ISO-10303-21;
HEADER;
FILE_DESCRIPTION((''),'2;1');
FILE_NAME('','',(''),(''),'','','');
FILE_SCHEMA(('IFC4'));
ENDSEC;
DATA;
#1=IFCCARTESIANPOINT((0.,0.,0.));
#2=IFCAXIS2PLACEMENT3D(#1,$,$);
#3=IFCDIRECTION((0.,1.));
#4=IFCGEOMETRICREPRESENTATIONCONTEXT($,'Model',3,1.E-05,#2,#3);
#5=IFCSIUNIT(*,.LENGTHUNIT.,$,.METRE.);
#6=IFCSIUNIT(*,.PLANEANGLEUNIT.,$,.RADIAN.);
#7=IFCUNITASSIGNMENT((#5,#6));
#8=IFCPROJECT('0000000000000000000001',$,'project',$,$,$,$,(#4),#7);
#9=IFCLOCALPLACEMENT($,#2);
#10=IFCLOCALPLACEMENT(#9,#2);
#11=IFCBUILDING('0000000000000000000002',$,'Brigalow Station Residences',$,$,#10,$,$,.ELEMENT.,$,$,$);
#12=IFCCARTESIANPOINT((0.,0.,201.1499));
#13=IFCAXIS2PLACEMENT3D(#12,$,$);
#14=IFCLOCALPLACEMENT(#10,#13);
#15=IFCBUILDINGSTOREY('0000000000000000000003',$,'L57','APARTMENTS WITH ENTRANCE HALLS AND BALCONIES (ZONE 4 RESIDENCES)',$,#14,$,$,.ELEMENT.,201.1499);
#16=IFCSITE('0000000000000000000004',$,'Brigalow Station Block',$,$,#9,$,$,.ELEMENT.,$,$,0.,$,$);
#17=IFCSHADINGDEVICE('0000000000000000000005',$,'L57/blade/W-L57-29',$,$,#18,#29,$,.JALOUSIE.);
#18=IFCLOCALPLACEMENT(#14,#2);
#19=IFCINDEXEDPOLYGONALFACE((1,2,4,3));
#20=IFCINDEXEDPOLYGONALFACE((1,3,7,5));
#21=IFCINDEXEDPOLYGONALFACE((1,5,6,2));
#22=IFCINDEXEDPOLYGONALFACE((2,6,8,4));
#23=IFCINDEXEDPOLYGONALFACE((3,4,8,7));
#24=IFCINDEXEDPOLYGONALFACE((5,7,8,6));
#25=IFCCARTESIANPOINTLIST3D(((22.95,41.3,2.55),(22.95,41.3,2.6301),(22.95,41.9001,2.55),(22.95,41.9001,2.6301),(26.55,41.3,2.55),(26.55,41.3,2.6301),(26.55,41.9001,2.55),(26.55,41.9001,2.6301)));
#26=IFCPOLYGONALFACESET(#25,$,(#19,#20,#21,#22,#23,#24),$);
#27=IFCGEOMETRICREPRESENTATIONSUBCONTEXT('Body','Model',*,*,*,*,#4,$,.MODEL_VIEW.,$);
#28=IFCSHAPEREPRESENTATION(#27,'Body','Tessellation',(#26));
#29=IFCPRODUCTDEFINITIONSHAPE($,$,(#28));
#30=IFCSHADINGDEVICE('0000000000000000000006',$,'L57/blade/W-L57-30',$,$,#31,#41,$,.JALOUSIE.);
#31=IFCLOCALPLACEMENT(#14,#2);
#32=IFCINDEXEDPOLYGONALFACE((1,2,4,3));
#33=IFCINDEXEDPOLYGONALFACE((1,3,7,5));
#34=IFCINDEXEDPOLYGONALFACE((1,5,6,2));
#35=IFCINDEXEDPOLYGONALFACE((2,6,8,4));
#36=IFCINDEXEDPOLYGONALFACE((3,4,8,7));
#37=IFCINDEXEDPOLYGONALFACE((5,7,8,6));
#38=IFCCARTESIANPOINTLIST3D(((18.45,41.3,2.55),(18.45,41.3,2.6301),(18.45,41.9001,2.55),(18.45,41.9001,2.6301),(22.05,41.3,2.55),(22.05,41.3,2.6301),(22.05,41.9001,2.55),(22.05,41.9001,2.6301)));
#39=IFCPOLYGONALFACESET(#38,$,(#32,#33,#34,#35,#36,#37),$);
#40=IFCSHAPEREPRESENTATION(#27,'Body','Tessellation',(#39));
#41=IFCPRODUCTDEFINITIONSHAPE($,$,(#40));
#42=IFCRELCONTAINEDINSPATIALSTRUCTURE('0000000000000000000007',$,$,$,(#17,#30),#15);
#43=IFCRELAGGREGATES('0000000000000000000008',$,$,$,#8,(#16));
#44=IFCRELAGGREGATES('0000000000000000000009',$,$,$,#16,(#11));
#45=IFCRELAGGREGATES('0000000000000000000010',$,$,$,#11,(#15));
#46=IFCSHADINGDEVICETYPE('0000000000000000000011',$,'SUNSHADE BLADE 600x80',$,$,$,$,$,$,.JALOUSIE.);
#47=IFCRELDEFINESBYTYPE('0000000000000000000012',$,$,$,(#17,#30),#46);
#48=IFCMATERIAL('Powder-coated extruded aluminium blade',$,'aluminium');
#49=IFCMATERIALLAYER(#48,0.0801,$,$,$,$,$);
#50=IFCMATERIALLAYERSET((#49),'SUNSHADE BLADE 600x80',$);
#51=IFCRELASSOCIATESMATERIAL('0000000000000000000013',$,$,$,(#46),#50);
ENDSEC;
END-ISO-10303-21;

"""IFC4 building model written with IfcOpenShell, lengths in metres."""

from ifc_helpers import new_model, si_unit, direction, frame, origin, origin_2d, place, context, subcontext, project, spatial, rectangle, extrude, material, layer, layer_set, type_object, element, save


model = new_model("IFC4")

# Units and contexts
model_context = context("Model", 3, precision=1e-05, world=origin(), true_north=direction((0.0, 1.0)))
body_context = subcontext(model_context, "Body", "Model", "MODEL_VIEW")
ifc_project = project(units=[si_unit("LENGTHUNIT", "METRE"), si_unit("PLANEANGLEUNIT", "RADIAN")], contexts=[model_context])

# Site, building, storey
site_placement = place(None, origin())
site = spatial("IfcSite", under=ifc_project, at=site_placement, Name="Brigalow Station Block", CompositionType="ELEMENT", RefElevation=0.0)
building_placement = place(site_placement, origin())
building = spatial("IfcBuilding", under=site, at=building_placement, Name="Brigalow Station Residences", CompositionType="ELEMENT")
storey_placement = place(building_placement, frame((0.0, 0.0, 201.1499)))
storey = spatial("IfcBuildingStorey", under=building, at=storey_placement, Name="L57", Description="APARTMENTS WITH ENTRANCE HALLS AND BALCONIES (ZONE 4 RESIDENCES)", CompositionType="ELEMENT", Elevation=201.1499)

# Shading devices
ifc_material_1 = material(Name="Powder-coated extruded aluminium blade", Category="aluminium")
ifc_layer_1 = layer(ifc_material_1, 0.0801)
ifc_layer_set_1 = layer_set([ifc_layer_1], Name="SUNSHADE BLADE 600x80")
shading_device_type = type_object("IfcShadingDeviceType", Name="SUNSHADE BLADE 600x80", PredefinedType="JALOUSIE", material=ifc_layer_set_1)
for number, where, z_axis, x_axis, name in (
    (1, (24.75, 41.6001, 2.55), (0.0, 0.0, 1.0), (-1.0, 0.0, 0.0), "L57/blade/W-L57-29"),
    (2, (20.25, 41.6001, 2.55), (0.0, 0.0, 1.0), (-1.0, 0.0, 0.0), "L57/blade/W-L57-30"),
):
    element("IfcShadingDevice", number, at=place(storey_placement, frame(where, z_axis=z_axis, x_axis=x_axis)), inside=storey, type_object=shading_device_type, Name=name, PredefinedType="JALOUSIE", context=body_context, shape_type="SweptSolid", body=[
        extrude(rectangle(XDim=3.6001, YDim=0.6001, at=origin_2d()), origin(), (0.0, 0.0, 1.0), 0.0801),
    ])

save(model, "model.ifc")
